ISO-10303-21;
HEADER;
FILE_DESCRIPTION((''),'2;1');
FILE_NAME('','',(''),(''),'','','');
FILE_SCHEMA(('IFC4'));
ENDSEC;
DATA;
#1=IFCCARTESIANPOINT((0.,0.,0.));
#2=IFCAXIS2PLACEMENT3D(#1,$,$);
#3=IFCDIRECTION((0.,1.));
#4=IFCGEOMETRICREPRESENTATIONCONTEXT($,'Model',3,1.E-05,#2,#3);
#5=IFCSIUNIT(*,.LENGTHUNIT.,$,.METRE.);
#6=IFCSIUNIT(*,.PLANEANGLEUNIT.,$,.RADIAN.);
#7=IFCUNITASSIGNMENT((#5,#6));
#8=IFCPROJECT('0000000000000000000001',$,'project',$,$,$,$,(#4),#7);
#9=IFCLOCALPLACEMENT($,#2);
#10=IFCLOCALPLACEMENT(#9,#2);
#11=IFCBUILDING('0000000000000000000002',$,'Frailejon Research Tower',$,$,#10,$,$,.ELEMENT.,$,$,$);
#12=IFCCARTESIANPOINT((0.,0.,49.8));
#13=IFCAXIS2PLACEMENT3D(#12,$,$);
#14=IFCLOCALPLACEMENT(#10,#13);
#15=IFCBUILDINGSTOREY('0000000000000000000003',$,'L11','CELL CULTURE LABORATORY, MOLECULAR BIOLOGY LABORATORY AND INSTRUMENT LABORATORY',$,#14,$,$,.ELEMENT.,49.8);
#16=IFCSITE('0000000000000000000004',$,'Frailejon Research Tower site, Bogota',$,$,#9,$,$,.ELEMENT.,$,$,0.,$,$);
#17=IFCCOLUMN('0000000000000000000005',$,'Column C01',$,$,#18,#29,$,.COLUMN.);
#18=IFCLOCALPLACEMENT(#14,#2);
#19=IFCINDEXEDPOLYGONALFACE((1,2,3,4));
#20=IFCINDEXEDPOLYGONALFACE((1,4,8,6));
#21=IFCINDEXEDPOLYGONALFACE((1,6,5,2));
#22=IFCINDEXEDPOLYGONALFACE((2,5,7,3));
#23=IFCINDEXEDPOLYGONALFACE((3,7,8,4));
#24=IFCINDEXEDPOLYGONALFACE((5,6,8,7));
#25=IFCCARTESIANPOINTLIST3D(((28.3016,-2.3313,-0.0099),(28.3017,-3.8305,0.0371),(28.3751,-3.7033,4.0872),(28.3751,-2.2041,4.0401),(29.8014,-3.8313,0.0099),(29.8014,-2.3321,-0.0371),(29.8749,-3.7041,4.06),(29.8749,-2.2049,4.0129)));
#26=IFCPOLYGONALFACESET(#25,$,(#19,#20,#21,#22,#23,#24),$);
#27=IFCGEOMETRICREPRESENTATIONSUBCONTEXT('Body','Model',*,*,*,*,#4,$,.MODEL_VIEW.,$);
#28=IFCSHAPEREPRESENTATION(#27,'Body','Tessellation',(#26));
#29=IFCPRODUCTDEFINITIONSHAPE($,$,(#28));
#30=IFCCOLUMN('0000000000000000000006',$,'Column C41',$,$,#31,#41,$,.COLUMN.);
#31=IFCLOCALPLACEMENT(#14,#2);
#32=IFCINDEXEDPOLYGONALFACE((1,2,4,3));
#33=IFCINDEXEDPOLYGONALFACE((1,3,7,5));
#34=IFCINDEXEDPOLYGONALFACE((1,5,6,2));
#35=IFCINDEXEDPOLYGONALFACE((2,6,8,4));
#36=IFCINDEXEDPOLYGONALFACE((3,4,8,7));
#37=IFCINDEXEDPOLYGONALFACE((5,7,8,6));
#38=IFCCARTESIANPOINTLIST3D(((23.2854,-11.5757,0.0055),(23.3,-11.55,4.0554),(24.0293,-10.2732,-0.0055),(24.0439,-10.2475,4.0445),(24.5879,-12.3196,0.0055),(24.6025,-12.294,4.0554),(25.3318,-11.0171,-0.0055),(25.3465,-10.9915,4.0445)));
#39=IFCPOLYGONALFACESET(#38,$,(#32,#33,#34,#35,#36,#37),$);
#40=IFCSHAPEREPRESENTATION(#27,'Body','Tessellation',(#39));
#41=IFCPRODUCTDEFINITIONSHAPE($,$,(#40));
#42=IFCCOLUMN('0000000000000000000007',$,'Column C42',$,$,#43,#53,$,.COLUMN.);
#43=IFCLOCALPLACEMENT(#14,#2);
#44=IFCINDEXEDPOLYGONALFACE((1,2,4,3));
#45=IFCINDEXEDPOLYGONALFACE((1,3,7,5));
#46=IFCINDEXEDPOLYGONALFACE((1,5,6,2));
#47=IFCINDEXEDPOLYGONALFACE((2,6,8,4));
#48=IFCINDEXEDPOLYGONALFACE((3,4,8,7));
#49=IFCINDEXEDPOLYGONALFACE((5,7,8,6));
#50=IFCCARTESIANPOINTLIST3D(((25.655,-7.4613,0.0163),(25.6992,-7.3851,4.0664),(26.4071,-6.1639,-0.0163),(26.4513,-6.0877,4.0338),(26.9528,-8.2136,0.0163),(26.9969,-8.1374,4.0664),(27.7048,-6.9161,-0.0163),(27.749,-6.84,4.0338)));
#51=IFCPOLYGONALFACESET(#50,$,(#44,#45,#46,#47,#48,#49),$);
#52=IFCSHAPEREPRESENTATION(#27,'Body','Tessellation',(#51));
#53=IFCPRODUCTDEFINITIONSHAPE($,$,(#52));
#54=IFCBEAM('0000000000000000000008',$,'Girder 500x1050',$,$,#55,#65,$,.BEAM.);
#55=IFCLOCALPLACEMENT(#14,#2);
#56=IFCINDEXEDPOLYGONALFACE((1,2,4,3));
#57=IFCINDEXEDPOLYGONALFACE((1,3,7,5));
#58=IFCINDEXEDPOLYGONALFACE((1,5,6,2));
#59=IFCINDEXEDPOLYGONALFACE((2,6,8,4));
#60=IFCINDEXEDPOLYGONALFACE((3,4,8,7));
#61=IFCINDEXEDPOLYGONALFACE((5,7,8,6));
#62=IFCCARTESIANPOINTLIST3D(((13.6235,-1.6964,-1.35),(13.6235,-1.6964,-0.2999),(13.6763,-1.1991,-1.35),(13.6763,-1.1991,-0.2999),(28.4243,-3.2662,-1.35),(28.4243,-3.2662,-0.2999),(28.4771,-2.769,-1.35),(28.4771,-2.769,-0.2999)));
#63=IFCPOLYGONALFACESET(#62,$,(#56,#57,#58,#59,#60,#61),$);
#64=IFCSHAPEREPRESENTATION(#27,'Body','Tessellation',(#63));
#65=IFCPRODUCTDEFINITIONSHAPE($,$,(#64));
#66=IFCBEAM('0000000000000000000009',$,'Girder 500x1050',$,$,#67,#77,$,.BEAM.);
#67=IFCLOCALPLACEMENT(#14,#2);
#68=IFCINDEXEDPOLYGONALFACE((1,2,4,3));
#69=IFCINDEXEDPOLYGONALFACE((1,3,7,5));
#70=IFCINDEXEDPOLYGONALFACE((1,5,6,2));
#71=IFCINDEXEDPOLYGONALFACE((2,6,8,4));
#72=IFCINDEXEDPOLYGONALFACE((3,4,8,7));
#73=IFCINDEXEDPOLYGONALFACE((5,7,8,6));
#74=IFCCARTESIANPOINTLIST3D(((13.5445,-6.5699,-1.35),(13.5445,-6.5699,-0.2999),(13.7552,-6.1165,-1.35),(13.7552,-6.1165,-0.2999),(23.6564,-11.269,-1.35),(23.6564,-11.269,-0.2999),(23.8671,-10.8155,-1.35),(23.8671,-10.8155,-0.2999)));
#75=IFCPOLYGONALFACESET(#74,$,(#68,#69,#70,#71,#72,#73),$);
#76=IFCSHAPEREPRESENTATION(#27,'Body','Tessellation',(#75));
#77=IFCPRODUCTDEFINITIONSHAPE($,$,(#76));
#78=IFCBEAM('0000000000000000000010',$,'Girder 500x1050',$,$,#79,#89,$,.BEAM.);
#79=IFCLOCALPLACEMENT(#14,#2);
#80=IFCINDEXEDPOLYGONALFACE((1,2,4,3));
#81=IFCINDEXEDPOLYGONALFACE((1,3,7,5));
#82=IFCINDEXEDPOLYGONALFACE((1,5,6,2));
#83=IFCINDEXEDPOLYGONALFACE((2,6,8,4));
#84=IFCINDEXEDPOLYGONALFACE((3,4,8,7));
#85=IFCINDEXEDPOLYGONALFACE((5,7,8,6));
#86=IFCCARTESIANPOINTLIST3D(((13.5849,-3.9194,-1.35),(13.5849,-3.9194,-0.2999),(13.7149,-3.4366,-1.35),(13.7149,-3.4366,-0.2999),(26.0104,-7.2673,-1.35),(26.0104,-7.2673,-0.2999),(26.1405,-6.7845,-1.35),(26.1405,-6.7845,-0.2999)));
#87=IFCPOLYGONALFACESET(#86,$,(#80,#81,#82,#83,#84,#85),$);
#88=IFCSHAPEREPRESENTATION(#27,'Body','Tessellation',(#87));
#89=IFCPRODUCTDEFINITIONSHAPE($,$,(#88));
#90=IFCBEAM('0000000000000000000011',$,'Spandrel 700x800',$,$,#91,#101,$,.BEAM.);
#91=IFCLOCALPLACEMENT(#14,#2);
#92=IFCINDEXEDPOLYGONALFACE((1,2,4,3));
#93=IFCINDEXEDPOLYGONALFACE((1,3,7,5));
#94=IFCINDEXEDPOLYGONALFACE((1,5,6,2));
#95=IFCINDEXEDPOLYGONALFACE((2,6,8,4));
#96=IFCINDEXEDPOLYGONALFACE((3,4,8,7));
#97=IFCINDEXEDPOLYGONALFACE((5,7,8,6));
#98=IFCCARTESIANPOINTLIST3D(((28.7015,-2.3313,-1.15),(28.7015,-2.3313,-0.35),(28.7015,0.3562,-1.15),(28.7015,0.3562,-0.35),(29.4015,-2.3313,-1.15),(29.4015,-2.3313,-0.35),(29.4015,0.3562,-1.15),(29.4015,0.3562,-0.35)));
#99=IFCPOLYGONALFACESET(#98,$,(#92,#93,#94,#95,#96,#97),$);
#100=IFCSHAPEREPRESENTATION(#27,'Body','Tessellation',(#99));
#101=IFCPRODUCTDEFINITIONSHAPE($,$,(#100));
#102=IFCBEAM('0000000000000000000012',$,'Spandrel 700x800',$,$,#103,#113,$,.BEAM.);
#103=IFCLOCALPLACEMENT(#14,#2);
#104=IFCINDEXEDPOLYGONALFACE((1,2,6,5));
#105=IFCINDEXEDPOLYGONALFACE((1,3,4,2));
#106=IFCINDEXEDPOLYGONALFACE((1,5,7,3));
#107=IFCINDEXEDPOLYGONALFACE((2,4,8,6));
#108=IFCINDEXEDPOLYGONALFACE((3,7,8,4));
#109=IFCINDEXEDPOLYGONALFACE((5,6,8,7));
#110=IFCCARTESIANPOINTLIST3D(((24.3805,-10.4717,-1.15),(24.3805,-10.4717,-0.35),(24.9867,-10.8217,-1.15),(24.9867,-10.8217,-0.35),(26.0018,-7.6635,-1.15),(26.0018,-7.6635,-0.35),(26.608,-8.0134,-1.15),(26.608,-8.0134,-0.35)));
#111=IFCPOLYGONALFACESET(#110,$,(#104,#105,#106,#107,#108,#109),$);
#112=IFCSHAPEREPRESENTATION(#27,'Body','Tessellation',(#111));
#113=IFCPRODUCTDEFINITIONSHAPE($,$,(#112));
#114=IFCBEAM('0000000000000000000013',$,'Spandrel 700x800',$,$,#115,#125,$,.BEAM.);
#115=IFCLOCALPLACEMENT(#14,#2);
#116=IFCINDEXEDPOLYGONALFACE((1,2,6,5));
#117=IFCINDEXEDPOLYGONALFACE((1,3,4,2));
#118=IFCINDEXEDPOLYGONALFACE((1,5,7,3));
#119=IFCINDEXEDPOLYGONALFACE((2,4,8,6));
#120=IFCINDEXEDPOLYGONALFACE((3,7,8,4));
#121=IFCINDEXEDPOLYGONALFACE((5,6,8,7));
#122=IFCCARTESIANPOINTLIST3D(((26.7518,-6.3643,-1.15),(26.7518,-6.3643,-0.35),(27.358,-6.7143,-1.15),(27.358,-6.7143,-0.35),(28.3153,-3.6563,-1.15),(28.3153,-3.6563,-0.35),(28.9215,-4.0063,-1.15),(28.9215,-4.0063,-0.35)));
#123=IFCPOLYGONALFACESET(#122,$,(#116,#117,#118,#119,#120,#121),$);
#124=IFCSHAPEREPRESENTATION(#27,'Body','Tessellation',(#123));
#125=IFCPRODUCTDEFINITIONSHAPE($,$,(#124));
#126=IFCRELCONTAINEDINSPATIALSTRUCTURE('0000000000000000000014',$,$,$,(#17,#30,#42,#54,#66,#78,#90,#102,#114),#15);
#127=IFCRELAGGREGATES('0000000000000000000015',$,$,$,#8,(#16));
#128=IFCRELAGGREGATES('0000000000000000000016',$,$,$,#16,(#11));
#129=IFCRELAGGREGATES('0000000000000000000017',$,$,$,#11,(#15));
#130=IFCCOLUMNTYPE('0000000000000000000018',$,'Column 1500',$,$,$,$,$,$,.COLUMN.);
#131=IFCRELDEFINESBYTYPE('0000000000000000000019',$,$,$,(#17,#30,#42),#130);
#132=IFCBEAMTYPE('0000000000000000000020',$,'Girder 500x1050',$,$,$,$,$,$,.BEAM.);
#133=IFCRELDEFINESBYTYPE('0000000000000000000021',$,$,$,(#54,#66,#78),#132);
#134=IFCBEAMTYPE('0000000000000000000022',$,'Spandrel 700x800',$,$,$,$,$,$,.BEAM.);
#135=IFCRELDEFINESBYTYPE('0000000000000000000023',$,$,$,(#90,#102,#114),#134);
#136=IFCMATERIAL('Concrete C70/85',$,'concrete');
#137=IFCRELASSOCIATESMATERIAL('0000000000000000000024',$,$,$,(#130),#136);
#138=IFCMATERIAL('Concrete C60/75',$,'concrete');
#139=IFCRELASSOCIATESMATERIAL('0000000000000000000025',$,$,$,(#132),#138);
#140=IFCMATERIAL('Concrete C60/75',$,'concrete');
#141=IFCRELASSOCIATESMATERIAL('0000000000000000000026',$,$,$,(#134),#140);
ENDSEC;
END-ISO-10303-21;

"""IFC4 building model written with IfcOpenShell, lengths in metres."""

from ifc_helpers import new_model, si_unit, direction, frame, origin, origin_2d, place, context, subcontext, project, spatial, rectangle, extrude, material, material_profile, profile_set, type_object, element, save


model = new_model("IFC4")

# Units and contexts
model_context = context("Model", 3, precision=1e-05, world=origin(), true_north=direction((0.0, 1.0)))
body_context = subcontext(model_context, "Body", "Model", "MODEL_VIEW")
ifc_project = project(units=[si_unit("LENGTHUNIT", "METRE"), si_unit("PLANEANGLEUNIT", "RADIAN")], contexts=[model_context])

# Site, building, storey
site_placement = place(None, origin())
site = spatial("IfcSite", under=ifc_project, at=site_placement, Name="Frailejon Research Tower site, Bogota", CompositionType="ELEMENT", RefElevation=0.0)
building_placement = place(site_placement, origin())
building = spatial("IfcBuilding", under=site, at=building_placement, Name="Frailejon Research Tower", CompositionType="ELEMENT")
storey_placement = place(building_placement, frame((0.0, 0.0, 49.8)))
storey = spatial("IfcBuildingStorey", under=building, at=storey_placement, Name="L11", Description="CELL CULTURE LABORATORY, MOLECULAR BIOLOGY LABORATORY AND INSTRUMENT LABORATORY", CompositionType="ELEMENT", Elevation=49.8)

# Columns
ifc_material_1 = material(Name="Concrete C70/85", Category="concrete")
ifc_material_profile_1 = material_profile(ifc_material_1, rectangle(XDim=1.5, YDim=1.5, at=origin_2d()), Name="Column 1500")
ifc_profile_set_1 = profile_set([ifc_material_profile_1], Name="Concrete C70/85")
column_type = type_object("IfcColumnType", Name="Column 1500", PredefinedType="COLUMN", material=ifc_profile_set_1)
column_1_placement = place(storey_placement, frame((29.0515, -3.0813, 0.0), z_axis=(0.018133, 0.031386, 0.999343), x_axis=(-0.000022, 0.999507, -0.03139)))
element("IfcColumn", 1, at=column_1_placement, inside=storey, type_object=column_type, Name="Column C01", PredefinedType="COLUMN", context=body_context, shape_type="SweptSolid", body=[
    extrude(rectangle(XDim=1.5, YDim=1.5, at=origin_2d()), origin(), (0.0, 0.0, 1.0), 4.0527),
])
column_2_placement = place(storey_placement, frame((24.3086, -11.2964, 0.0), z_axis=(0.003617, 0.006329, 0.999973), x_axis=(0.495951, 0.86832, -0.00729)))
element("IfcColumn", 2, at=column_2_placement, inside=storey, type_object=column_type, Name="Column C41", PredefinedType="COLUMN", context=body_context, shape_type="SweptSolid", body=[
    extrude(rectangle(XDim=1.5, YDim=1.5, at=origin_2d()), origin(), (0.0, 0.0, 1.0), 4.05),
])
column_3_placement = place(storey_placement, frame((26.6799, -7.1887, 0.0), z_axis=(0.010908, 0.018803, 0.999764), x_axis=(0.501388, 0.864949, -0.021738)))
element("IfcColumn", 3, at=column_3_placement, inside=storey, type_object=column_type, Name="Column C42", PredefinedType="COLUMN", context=body_context, shape_type="SweptSolid", body=[
    extrude(rectangle(XDim=1.5, YDim=1.5, at=origin_2d()), origin(), (0.0, 0.0, 1.0), 4.051),
])

# Beams
ifc_material_2 = material(Name="Concrete C60/75", Category="concrete")
ifc_material_profile_2 = material_profile(ifc_material_2, rectangle(XDim=0.5, YDim=1.05, at=origin_2d()), Name="Girder 500x1050")
ifc_profile_set_2 = profile_set([ifc_material_profile_2], Name="Concrete C60/75")
beam_type_1 = type_object("IfcBeamType", Name="Girder 500x1050", PredefinedType="BEAM", material=ifc_profile_set_2)
beam_1_placement = place(storey_placement, frame((28.4507, -3.0176, -0.825), z_axis=(-0.994422, 0.105472, 0.0), x_axis=(-0.105472, -0.994422, 0.0)))
element("IfcBeam", 4, at=beam_1_placement, inside=storey, type_object=beam_type_1, Name="Girder 500x1050", PredefinedType="BEAM", context=body_context, shape_type="SweptSolid", body=[
    extrude(rectangle(XDim=0.5, YDim=1.05, at=origin_2d()), origin(), (0.0, 0.0, 1.0), 14.8838),
])
beam_2_placement = place(storey_placement, frame((23.7617, -11.0422, -0.825), z_axis=(-0.906865, 0.421421, 0.0), x_axis=(-0.421421, -0.906865, 0.0)))
element("IfcBeam", 5, at=beam_2_placement, inside=storey, type_object=beam_type_1, Name="Girder 500x1050", PredefinedType="BEAM", context=body_context, shape_type="SweptSolid", body=[
    extrude(rectangle(XDim=0.5, YDim=1.05, at=origin_2d()), origin(), (0.0, 0.0, 1.0), 11.1504),
])
beam_3_placement = place(storey_placement, frame((26.0754, -7.0259, -0.825), z_axis=(-0.965566, 0.260159, 0.0), x_axis=(-0.260159, -0.965566, 0.0)))
element("IfcBeam", 6, at=beam_3_placement, inside=storey, type_object=beam_type_1, Name="Girder 500x1050", PredefinedType="BEAM", context=body_context, shape_type="SweptSolid", body=[
    extrude(rectangle(XDim=0.5, YDim=1.05, at=origin_2d()), origin(), (0.0, 0.0, 1.0), 12.8687),
])
ifc_material_3 = material(Name="Concrete C60/75", Category="concrete")
ifc_material_profile_3 = material_profile(ifc_material_3, rectangle(XDim=0.7, YDim=0.8, at=origin_2d()), Name="Spandrel 700x800")
ifc_profile_set_3 = profile_set([ifc_material_profile_3], Name="Concrete C60/75")
beam_type_2 = type_object("IfcBeamType", Name="Spandrel 700x800", PredefinedType="BEAM", material=ifc_profile_set_3)
beam_4_placement = place(storey_placement, frame((29.0515, -2.3313, -0.75), z_axis=(0.0, 1.0, 0.0), x_axis=(-1.0, 0.0, 0.0)))
element("IfcBeam", 7, at=beam_4_placement, inside=storey, type_object=beam_type_2, Name="Spandrel 700x800", PredefinedType="BEAM", context=body_context, shape_type="SweptSolid", body=[
    extrude(rectangle(XDim=0.7, YDim=0.8, at=origin_2d()), origin(), (0.0, 0.0, 1.0), 2.6875),
])
beam_5_placement = place(storey_placement, frame((24.6836, -10.6467, -0.75), z_axis=(0.499985, 0.866034, 0.0), x_axis=(-0.866034, 0.499985, 0.0)))
element("IfcBeam", 8, at=beam_5_placement, inside=storey, type_object=beam_type_2, Name="Spandrel 700x800", PredefinedType="BEAM", context=body_context, shape_type="SweptSolid", body=[
    extrude(rectangle(XDim=0.7, YDim=0.8, at=origin_2d()), origin(), (0.0, 0.0, 1.0), 3.2427),
])
beam_6_placement = place(storey_placement, frame((27.0549, -6.5393, -0.75), z_axis=(0.500002, 0.866024, 0.0), x_axis=(-0.866024, 0.500002, 0.0)))
element("IfcBeam", 9, at=beam_6_placement, inside=storey, type_object=beam_type_2, Name="Spandrel 700x800", PredefinedType="BEAM", context=body_context, shape_type="SweptSolid", body=[
    extrude(rectangle(XDim=0.7, YDim=0.8, at=origin_2d()), origin(), (0.0, 0.0, 1.0), 3.127),
])

save(model, "model.ifc")
